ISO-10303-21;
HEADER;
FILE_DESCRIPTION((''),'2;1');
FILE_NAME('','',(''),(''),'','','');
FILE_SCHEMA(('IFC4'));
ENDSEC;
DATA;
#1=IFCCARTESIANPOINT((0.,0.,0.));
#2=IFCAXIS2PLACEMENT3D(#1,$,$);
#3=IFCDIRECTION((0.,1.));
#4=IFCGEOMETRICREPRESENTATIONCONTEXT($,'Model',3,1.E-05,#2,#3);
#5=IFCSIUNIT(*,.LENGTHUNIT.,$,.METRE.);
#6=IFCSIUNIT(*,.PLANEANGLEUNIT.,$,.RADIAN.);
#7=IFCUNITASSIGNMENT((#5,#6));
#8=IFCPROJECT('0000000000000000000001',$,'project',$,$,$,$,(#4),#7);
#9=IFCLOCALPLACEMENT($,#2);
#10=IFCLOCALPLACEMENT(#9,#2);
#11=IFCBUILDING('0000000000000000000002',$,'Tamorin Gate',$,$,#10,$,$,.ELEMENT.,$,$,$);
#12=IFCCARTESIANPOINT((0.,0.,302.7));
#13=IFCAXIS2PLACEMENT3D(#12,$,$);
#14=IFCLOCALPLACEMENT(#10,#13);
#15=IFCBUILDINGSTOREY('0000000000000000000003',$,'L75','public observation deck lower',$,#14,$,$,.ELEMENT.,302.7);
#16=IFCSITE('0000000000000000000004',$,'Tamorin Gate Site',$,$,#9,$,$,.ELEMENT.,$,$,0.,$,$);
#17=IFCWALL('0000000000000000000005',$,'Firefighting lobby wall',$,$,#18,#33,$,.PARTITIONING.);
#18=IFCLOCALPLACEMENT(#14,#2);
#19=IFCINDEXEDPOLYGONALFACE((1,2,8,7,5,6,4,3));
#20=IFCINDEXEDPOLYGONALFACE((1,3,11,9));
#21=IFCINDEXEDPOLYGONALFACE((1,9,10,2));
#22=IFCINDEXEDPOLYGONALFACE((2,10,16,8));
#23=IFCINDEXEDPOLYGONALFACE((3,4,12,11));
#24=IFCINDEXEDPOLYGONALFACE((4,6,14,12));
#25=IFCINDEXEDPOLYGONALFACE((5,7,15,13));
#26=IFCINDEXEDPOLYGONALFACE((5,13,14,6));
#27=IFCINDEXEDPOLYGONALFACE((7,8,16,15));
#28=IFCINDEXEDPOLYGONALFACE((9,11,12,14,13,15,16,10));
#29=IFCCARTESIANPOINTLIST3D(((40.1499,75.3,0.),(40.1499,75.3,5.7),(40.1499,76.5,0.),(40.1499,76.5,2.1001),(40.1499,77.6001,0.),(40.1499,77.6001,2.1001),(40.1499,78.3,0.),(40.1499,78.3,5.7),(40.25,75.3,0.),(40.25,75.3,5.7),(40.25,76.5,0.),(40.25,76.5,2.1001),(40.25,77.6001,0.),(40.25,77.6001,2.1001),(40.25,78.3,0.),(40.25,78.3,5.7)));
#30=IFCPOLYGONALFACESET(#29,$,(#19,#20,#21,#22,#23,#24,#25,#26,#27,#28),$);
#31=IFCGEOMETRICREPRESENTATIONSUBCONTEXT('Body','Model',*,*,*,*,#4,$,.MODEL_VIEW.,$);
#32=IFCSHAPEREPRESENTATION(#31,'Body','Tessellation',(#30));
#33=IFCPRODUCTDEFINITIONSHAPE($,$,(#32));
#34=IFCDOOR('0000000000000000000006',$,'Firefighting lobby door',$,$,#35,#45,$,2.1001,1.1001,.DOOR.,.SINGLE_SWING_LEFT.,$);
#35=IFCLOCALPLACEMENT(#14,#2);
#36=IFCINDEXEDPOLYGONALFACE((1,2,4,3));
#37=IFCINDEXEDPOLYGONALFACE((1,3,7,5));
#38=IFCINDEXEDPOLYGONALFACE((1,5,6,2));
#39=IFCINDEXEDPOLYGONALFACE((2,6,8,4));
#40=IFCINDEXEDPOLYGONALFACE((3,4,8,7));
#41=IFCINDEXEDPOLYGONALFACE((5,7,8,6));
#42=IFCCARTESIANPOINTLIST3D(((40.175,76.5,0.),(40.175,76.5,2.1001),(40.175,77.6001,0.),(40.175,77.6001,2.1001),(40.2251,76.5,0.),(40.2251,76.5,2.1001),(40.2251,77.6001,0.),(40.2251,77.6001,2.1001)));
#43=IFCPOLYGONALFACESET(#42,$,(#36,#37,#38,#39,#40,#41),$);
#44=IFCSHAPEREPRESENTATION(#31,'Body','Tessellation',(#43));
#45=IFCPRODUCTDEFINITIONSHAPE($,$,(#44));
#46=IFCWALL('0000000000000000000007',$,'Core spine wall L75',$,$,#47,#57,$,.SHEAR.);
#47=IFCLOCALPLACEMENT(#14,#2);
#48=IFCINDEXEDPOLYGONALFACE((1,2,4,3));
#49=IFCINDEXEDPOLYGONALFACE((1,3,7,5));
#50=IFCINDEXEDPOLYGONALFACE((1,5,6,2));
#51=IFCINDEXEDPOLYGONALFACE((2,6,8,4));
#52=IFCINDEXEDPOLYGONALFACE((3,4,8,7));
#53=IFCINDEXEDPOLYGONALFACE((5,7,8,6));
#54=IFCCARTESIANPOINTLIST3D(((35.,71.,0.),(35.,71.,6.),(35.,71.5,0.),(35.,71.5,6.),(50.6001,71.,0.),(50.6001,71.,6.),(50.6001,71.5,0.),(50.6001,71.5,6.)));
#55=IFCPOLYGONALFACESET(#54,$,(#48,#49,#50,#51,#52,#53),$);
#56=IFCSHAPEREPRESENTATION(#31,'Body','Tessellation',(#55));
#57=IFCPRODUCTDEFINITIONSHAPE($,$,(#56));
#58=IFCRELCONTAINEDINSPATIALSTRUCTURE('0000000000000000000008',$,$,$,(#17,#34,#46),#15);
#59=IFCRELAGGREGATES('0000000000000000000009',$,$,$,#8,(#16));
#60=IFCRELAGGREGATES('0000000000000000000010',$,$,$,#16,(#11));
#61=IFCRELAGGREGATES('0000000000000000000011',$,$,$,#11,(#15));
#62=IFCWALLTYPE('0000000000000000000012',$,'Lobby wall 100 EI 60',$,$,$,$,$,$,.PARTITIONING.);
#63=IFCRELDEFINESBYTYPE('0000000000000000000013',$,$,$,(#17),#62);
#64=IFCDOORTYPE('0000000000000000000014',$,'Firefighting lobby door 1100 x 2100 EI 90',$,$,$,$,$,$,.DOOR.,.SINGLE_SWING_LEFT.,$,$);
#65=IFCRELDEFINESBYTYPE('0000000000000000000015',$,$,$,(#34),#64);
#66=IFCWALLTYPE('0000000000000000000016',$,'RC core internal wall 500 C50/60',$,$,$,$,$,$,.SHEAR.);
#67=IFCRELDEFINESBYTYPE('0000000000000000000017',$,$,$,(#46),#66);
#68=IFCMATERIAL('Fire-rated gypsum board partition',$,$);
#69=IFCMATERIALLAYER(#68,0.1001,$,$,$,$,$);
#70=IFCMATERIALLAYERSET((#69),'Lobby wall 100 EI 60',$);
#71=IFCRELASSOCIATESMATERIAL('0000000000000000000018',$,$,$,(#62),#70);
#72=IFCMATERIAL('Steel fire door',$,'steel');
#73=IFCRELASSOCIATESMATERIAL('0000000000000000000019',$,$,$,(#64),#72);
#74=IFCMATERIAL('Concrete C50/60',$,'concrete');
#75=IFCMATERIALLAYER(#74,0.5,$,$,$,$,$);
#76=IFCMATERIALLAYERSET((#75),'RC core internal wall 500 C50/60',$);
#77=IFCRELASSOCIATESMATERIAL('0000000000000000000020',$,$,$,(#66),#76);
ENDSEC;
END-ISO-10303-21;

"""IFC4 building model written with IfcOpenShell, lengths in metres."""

from ifc_helpers import new_model, si_unit, direction, frame, frame_2d, origin, place, context, subcontext, project, spatial, rectangle, extrude, material, layer, layer_set, type_object, element, fill, save


model = new_model("IFC4")

# Units and contexts
model_context = context("Model", 3, precision=1e-05, world=origin(), true_north=direction((0.0, 1.0)))
body_context = subcontext(model_context, "Body", "Model", "MODEL_VIEW")
ifc_project = project(units=[si_unit("LENGTHUNIT", "METRE"), si_unit("PLANEANGLEUNIT", "RADIAN")], contexts=[model_context])

# Site, building, storey
site_placement = place(None, origin())
site = spatial("IfcSite", under=ifc_project, at=site_placement, Name="Tamorin Gate Site", CompositionType="ELEMENT", RefElevation=0.0)
building_placement = place(site_placement, origin())
building = spatial("IfcBuilding", under=site, at=building_placement, Name="Tamorin Gate", CompositionType="ELEMENT")
storey_placement = place(building_placement, frame((0.0, 0.0, 302.7)))
storey = spatial("IfcBuildingStorey", under=building, at=storey_placement, Name="L75", Description="public observation deck lower", CompositionType="ELEMENT", Elevation=302.7)

# Shared definitions
ifc_material_1 = material(Name="Fire-rated gypsum board partition")
ifc_layer_1 = layer(ifc_material_1, 0.1001)
ifc_layer_set_1 = layer_set([ifc_layer_1], Name="Lobby wall 100 EI 60")
wall_type_1 = type_object("IfcWallType", Name="Lobby wall 100 EI 60", PredefinedType="PARTITIONING", material=ifc_layer_set_1)

# Wall, opening, door
wall_1_placement = place(storey_placement, frame((40.2, 75.3, 0.0), z_axis=(0.0, 0.0, 1.0), x_axis=(0.0, 1.0, 0.0)))
wall_1 = element("IfcWall", 1, at=wall_1_placement, inside=storey, type_object=wall_type_1, Name="Firefighting lobby wall", PredefinedType="PARTITIONING", context=body_context, shape_type="SweptSolid", body=[
    extrude(rectangle(XDim=3.0, YDim=0.1001, at=frame_2d((1.5, 0.0))), origin(), (0.0, 0.0, 1.0), 5.7),
])
opening_1_placement = place(wall_1_placement, frame((1.2, 0.0, 0.0)))
opening_1 = element("IfcOpeningElement", 2, at=opening_1_placement, cuts=wall_1, PredefinedType="OPENING", context=body_context, shape_type="SweptSolid", body=[
    extrude(rectangle(XDim=1.1001, YDim=2.1001, at=frame_2d((0.55, 1.05))), frame((0.0, 0.0601, 0.0), z_axis=(0.0, -1.0, 0.0), x_axis=(1.0, 0.0, 0.0)), (0.0, 0.0, 1.0), 0.1201),
])
ifc_material_2 = material(Name="Steel fire door", Category="steel")
door_type_1 = type_object("IfcDoorType", Name="Firefighting lobby door 1100 x 2100 EI 90", OperationType="SINGLE_SWING_LEFT", PredefinedType="DOOR", material=ifc_material_2)
door_1_placement = place(opening_1_placement, origin())
door_1 = element("IfcDoor", 3, at=door_1_placement, inside=storey, type_object=door_type_1, Name="Firefighting lobby door", OperationType="SINGLE_SWING_LEFT", OverallHeight=2.1001, OverallWidth=1.1001, PredefinedType="DOOR", context=body_context, shape_type="SweptSolid", body=[
    extrude(rectangle(XDim=1.1001, YDim=2.1001, at=frame_2d((0.55, 1.05))), frame((0.0, 0.0249, 0.0), z_axis=(0.0, -1.0, 0.0), x_axis=(1.0, 0.0, 0.0)), (0.0, 0.0, 1.0), 0.05),
])
fill(opening_1, door_1)

# Wall
ifc_material_3 = material(Name="Concrete C50/60", Category="concrete")
ifc_layer_2 = layer(ifc_material_3, 0.5)
ifc_layer_set_2 = layer_set([ifc_layer_2], Name="RC core internal wall 500 C50/60")
wall_type_2 = type_object("IfcWallType", Name="RC core internal wall 500 C50/60", PredefinedType="SHEAR", material=ifc_layer_set_2)
wall_2_placement = place(storey_placement, frame((35.0, 71.25, 0.0), z_axis=(0.0, 0.0, 1.0), x_axis=(1.0, 0.0, 0.0)))
element("IfcWall", 4, at=wall_2_placement, inside=storey, type_object=wall_type_2, Name="Core spine wall L75", PredefinedType="SHEAR", context=body_context, shape_type="SweptSolid", body=[
    extrude(rectangle(XDim=15.6001, YDim=0.5, at=frame_2d((7.8, 0.0))), origin(), (0.0, 0.0, 1.0), 6.0),
])

save(model, "model.ifc")
